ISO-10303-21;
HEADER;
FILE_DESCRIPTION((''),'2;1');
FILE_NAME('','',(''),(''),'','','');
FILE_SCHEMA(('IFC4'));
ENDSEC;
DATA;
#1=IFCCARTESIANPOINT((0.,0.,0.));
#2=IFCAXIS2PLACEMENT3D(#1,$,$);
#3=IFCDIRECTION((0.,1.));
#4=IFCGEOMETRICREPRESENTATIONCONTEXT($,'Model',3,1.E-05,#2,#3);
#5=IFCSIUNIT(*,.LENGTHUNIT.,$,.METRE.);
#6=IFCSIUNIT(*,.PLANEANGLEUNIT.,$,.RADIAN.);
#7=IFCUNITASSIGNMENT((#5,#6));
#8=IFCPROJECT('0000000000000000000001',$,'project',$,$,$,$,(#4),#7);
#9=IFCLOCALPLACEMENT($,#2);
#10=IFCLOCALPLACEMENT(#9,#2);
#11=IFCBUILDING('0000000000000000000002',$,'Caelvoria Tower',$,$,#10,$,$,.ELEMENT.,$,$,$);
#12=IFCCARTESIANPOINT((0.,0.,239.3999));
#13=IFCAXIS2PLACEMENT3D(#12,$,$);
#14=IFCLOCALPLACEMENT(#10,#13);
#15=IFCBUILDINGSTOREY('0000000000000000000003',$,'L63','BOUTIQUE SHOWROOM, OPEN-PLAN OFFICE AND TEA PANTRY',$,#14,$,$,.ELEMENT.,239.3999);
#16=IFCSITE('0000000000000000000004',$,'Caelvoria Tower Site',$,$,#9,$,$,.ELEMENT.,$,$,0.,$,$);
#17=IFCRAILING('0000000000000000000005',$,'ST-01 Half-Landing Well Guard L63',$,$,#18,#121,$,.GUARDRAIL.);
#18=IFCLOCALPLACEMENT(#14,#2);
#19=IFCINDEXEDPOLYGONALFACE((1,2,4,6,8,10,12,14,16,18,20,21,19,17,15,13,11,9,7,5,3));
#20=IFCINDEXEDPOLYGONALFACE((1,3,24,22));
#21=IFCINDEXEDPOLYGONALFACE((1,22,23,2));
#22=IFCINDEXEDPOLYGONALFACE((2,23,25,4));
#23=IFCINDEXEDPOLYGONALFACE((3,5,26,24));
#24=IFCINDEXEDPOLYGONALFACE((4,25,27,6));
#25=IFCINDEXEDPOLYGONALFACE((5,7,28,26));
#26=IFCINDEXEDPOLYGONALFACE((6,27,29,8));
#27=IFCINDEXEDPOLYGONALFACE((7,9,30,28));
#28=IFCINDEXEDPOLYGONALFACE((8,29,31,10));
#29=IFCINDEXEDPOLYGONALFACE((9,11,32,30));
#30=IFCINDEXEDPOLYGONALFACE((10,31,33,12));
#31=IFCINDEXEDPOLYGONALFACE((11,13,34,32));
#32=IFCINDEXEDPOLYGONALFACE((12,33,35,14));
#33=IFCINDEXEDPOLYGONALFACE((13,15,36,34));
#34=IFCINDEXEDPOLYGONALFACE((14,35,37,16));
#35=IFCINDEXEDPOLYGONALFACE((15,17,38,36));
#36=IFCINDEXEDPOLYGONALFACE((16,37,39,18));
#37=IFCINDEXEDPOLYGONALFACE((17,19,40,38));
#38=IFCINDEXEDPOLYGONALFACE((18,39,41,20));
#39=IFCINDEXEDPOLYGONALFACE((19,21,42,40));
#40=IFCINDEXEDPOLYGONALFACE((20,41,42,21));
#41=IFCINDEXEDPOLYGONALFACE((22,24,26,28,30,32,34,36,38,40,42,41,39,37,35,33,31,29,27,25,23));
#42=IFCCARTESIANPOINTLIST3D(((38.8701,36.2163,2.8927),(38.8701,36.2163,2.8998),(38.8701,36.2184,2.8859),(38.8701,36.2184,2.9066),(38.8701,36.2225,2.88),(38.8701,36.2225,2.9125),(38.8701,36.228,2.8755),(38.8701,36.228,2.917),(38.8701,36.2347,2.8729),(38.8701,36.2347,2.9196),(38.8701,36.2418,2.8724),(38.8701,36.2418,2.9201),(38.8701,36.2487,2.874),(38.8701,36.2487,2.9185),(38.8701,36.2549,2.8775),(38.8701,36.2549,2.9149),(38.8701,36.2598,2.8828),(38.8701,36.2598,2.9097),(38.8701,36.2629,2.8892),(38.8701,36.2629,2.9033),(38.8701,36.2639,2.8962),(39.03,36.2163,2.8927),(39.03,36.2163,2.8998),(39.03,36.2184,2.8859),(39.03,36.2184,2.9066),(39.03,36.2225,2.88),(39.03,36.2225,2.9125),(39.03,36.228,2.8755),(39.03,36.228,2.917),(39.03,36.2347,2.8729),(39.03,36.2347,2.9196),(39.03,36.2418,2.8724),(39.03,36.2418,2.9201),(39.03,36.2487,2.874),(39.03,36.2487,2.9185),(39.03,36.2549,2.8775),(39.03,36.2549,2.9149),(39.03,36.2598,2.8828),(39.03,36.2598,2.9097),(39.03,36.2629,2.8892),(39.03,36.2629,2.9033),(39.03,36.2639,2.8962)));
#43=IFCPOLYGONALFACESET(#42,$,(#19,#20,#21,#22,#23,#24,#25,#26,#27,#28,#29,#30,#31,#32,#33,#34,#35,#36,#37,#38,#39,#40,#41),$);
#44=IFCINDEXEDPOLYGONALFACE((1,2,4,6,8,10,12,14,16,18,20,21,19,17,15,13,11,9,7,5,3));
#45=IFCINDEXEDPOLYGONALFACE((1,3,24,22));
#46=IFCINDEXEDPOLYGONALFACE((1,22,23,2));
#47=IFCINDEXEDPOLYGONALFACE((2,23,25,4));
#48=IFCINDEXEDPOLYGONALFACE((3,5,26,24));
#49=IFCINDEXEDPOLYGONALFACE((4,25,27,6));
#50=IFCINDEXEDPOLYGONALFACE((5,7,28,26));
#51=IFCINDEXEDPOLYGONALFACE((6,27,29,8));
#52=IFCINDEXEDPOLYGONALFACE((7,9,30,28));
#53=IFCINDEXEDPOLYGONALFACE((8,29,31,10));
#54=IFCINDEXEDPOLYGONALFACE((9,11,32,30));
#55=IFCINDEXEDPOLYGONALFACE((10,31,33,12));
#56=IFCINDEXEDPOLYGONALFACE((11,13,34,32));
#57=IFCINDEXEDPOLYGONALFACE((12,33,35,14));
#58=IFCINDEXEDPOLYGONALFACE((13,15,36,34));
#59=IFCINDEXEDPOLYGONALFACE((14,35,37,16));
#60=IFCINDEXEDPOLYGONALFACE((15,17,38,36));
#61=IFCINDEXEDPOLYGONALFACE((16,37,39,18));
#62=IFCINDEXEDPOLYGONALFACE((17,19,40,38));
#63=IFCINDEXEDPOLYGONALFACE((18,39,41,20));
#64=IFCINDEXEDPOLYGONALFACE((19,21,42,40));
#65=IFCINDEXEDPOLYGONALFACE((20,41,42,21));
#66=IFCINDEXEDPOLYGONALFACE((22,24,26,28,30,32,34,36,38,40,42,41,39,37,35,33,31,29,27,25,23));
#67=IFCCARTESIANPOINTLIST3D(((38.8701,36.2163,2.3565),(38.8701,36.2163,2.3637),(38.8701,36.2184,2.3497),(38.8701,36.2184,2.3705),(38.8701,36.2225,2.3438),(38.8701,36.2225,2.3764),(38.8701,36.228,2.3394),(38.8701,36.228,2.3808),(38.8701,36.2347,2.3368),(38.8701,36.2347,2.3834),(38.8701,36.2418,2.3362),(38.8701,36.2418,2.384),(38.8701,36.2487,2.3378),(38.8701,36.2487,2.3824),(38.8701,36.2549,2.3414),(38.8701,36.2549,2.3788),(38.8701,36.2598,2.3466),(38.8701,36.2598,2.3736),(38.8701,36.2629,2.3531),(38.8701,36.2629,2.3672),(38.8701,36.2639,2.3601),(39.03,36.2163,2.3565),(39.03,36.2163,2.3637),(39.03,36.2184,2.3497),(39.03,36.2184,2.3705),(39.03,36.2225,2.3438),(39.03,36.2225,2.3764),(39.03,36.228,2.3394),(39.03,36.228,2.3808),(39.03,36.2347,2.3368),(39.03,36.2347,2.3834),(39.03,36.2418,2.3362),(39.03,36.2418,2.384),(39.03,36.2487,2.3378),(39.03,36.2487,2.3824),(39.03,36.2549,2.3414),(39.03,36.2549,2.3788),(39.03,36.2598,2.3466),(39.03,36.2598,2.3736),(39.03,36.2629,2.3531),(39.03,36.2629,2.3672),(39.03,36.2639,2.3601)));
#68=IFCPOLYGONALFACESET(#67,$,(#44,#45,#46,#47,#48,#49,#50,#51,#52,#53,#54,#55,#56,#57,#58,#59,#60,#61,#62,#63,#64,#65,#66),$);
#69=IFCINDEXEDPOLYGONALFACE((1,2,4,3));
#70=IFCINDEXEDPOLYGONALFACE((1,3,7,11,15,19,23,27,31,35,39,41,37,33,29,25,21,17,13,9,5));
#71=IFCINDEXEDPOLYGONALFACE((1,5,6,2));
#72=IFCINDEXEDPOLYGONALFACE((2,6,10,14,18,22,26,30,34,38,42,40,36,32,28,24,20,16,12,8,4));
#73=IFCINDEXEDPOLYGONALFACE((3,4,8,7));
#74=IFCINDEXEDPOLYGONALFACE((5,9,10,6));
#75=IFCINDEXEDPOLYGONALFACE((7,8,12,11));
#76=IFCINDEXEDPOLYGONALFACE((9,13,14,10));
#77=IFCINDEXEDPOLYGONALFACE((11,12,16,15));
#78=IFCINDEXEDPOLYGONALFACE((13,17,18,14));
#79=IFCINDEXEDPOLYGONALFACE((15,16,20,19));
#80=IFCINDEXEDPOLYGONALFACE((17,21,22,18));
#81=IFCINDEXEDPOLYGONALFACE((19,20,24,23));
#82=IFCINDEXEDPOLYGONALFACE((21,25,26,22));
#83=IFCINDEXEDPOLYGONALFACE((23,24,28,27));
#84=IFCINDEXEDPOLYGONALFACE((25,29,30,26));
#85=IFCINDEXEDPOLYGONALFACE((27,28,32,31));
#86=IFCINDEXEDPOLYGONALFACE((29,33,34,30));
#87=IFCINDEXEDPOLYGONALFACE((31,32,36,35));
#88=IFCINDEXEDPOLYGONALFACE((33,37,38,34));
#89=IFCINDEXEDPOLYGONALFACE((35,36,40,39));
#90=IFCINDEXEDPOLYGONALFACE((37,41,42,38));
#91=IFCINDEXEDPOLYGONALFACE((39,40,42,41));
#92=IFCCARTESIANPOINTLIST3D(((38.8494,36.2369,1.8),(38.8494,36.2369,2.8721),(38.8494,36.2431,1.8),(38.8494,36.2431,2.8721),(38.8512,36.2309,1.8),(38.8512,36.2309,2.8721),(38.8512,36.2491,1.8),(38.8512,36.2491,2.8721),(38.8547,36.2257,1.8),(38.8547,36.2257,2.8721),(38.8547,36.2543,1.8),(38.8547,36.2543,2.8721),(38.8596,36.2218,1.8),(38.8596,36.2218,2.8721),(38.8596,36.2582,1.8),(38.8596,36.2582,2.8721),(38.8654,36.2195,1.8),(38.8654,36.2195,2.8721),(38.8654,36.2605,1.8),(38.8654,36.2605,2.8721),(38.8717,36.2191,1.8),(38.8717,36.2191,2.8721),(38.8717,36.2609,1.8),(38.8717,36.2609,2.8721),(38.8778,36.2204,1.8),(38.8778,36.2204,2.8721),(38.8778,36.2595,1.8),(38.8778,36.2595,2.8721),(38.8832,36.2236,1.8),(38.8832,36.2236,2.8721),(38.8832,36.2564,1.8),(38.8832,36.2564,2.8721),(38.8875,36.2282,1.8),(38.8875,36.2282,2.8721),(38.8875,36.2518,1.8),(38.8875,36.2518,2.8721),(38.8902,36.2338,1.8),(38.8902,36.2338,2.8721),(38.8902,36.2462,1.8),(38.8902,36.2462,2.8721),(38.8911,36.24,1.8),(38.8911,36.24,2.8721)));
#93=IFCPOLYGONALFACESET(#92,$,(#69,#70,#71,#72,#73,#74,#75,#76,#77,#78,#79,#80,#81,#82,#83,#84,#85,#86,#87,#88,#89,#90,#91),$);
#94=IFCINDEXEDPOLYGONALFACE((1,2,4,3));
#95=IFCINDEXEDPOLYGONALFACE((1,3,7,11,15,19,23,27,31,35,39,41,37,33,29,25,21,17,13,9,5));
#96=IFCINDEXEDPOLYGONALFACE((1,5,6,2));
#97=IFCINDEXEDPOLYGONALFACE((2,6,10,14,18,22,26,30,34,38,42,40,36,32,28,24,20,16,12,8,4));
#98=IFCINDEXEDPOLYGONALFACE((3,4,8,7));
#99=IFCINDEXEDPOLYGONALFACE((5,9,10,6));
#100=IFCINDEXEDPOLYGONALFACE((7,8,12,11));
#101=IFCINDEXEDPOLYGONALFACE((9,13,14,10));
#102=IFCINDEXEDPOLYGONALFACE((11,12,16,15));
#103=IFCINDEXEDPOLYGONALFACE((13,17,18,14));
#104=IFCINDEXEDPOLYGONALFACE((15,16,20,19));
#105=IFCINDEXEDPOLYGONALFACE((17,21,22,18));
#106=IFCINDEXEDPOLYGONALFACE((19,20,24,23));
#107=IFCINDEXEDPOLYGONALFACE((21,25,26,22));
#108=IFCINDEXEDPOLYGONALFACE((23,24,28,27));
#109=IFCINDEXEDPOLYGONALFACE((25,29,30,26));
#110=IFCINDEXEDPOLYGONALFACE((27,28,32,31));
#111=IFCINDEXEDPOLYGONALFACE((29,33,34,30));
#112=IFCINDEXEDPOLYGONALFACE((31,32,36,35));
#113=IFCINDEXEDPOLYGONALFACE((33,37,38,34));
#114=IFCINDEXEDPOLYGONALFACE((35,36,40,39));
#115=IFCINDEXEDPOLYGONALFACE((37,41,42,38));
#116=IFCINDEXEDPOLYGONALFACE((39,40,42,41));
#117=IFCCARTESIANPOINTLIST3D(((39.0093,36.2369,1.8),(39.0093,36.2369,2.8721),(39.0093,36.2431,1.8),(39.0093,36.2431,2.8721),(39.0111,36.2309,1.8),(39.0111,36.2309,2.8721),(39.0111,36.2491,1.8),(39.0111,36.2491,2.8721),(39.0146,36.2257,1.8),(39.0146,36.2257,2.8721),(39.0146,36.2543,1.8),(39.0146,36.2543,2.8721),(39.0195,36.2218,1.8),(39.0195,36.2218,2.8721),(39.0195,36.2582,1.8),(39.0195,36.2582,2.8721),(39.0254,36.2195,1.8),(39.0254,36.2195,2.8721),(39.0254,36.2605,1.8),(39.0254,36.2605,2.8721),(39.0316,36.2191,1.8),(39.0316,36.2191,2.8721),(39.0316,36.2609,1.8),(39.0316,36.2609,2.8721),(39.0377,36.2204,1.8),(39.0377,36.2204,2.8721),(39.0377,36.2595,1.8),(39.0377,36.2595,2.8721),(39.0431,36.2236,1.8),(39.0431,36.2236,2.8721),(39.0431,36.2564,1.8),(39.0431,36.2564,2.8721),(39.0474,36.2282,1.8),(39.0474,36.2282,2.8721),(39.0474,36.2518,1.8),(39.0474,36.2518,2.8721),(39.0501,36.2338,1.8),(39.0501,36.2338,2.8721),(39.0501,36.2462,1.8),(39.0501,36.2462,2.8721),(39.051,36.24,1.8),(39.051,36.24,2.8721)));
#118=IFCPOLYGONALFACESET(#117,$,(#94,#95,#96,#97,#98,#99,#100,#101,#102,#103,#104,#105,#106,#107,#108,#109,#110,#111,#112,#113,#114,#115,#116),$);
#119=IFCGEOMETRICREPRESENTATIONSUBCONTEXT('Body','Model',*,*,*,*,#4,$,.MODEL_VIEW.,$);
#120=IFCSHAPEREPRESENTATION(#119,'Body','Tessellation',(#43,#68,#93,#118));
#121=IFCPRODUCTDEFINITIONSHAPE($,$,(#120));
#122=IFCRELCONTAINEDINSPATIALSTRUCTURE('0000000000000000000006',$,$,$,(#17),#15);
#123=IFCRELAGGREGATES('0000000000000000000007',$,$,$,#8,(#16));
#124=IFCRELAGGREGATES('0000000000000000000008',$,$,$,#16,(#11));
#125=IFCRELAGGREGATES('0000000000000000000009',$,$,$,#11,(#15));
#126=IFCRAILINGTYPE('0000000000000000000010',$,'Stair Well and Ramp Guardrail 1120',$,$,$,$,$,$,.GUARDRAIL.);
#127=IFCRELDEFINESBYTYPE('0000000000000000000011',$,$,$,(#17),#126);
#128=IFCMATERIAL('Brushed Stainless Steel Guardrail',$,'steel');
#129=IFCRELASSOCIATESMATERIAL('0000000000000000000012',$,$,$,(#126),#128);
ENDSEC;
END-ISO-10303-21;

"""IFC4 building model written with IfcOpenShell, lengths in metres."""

from ifc_helpers import new_model, si_unit, direction, frame, origin, origin_2d, place, context, subcontext, project, spatial, circle, extrude, material, type_object, element, save


model = new_model("IFC4")

# Units and contexts
model_context = context("Model", 3, precision=1e-05, world=origin(), true_north=direction((0.0, 1.0)))
body_context = subcontext(model_context, "Body", "Model", "MODEL_VIEW")
ifc_project = project(units=[si_unit("LENGTHUNIT", "METRE"), si_unit("PLANEANGLEUNIT", "RADIAN")], contexts=[model_context])

# Site, building, storey
site_placement = place(None, origin())
site = spatial("IfcSite", under=ifc_project, at=site_placement, Name="Caelvoria Tower Site", CompositionType="ELEMENT", RefElevation=0.0)
building_placement = place(site_placement, origin())
building = spatial("IfcBuilding", under=site, at=building_placement, Name="Caelvoria Tower", CompositionType="ELEMENT")
storey_placement = place(building_placement, frame((0.0, 0.0, 239.3999)))
storey = spatial("IfcBuildingStorey", under=building, at=storey_placement, Name="L63", Description="BOUTIQUE SHOWROOM, OPEN-PLAN OFFICE AND TEA PANTRY", CompositionType="ELEMENT", Elevation=239.3999)

# Railing
ifc_material_1 = material(Name="Brushed Stainless Steel Guardrail", Category="steel")
railing_type_1 = type_object("IfcRailingType", Name="Stair Well and Ramp Guardrail 1120", PredefinedType="GUARDRAIL", material=ifc_material_1)
railing_1_placement = place(storey_placement, frame((38.8701, 36.24, 1.8)))
element("IfcRailing", 1, at=railing_1_placement, inside=storey, type_object=railing_type_1, Name="ST-01 Half-Landing Well Guard L63", PredefinedType="GUARDRAIL", context=body_context, shape_type="SweptSolid", body=[
    extrude(circle(Radius=0.0239, at=origin_2d()), frame((0.0, 0.0, 1.0962), z_axis=(1.0, 0.0, 0.0), x_axis=(0.0, 1.0, 0.0)), (0.0, 0.0, 1.0), 0.1599),
    extrude(circle(Radius=0.0239, at=origin_2d()), frame((0.0, 0.0, 0.5601), z_axis=(1.0, 0.0, 0.0), x_axis=(0.0, 1.0, 0.0)), (0.0, 0.0, 1.0), 0.1599),
    extrude(circle(Radius=0.021, at=origin_2d()), origin(), (0.0, 0.0, 1.0), 1.072),
    extrude(circle(Radius=0.021, at=origin_2d()), frame((0.1599, 0.0, 0.0)), (0.0, 0.0, 1.0), 1.072),
])

save(model, "model.ifc")
